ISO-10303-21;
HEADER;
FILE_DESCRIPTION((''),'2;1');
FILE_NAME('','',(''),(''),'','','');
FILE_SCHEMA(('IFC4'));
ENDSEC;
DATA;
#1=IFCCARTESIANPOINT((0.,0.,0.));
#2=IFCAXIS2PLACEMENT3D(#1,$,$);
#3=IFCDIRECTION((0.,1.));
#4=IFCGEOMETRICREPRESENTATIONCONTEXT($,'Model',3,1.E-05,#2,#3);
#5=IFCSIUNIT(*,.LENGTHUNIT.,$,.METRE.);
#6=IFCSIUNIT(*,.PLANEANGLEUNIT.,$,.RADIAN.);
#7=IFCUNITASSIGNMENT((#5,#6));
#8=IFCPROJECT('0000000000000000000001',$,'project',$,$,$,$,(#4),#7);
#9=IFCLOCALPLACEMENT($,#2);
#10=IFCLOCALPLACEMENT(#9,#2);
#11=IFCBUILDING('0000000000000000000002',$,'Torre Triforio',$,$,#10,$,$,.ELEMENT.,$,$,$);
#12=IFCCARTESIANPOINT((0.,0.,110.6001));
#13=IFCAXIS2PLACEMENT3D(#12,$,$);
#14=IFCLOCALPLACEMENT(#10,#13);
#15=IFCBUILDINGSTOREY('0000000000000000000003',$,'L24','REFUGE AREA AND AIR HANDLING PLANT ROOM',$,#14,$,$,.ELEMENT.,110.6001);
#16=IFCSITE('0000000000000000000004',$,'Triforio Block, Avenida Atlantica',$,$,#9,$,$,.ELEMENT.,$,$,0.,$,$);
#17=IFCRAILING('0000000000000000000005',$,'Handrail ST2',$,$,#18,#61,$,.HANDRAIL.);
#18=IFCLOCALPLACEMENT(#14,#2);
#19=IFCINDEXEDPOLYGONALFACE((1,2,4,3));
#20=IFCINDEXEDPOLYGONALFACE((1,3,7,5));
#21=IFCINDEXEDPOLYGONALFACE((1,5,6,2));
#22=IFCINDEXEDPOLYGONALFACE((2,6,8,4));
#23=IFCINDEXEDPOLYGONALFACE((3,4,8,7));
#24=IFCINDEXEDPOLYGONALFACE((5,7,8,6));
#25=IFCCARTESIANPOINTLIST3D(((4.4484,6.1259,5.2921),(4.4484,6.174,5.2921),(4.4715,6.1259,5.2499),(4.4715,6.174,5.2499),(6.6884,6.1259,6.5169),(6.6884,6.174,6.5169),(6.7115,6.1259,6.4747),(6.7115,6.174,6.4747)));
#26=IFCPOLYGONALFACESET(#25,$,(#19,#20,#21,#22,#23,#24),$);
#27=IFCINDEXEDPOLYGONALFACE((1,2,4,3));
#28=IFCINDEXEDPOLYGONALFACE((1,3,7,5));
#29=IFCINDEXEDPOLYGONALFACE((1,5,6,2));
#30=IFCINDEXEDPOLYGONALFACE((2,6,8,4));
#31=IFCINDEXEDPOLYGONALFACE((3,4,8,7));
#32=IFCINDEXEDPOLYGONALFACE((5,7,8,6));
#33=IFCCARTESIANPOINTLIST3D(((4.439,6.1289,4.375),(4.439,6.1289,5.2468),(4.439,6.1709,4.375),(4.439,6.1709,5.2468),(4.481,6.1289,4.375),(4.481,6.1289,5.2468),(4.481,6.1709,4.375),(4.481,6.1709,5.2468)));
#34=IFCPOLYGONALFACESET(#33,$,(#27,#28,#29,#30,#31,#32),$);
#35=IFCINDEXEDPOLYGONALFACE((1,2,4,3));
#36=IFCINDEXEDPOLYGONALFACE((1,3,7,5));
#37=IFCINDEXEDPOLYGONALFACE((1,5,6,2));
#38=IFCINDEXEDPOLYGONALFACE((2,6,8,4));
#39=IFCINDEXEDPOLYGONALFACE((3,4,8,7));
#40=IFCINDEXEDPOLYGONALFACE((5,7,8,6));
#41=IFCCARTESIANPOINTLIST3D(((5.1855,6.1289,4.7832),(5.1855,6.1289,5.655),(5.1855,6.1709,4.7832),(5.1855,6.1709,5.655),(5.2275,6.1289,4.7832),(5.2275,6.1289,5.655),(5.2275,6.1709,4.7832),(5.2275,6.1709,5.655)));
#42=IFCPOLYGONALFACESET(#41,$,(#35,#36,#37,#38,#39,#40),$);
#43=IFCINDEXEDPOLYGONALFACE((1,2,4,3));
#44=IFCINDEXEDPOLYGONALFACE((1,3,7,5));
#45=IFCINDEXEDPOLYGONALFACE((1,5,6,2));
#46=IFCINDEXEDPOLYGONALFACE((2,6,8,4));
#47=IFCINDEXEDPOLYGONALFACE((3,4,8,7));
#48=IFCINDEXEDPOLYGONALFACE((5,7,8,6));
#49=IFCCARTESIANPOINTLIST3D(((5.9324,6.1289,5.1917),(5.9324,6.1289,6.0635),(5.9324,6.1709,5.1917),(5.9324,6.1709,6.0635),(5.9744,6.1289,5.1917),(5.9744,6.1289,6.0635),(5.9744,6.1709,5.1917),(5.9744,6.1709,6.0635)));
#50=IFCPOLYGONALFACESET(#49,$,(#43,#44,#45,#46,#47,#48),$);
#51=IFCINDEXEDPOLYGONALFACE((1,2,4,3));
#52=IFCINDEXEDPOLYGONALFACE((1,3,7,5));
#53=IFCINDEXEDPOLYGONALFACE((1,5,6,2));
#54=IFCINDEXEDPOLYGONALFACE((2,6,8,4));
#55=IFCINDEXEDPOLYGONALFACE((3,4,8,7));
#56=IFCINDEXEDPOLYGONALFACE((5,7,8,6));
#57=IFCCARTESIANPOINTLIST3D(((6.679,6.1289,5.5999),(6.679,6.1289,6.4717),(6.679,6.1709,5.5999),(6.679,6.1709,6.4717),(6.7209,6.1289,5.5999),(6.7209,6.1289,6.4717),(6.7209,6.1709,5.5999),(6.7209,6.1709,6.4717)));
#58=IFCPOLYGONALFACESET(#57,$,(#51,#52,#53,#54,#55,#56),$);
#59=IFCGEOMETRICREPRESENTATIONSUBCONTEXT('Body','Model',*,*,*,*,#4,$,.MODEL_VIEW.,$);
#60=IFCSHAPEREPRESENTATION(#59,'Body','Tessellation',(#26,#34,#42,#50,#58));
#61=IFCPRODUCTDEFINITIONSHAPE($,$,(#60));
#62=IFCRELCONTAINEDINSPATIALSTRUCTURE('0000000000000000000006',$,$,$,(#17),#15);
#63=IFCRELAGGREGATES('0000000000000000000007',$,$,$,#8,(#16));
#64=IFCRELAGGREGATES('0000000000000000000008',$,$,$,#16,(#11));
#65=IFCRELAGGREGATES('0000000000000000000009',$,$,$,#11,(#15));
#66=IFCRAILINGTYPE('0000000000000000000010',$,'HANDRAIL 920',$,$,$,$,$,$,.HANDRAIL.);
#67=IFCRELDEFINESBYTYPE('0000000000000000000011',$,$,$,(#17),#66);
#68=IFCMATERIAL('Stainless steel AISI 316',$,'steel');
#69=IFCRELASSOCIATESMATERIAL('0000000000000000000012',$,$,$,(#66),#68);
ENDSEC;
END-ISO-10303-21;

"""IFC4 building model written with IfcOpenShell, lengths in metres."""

from ifc_helpers import new_model, si_unit, direction, frame, origin, origin_2d, place, context, subcontext, project, spatial, rectangle, extrude, material, type_object, element, save


model = new_model("IFC4")

# Units and contexts
model_context = context("Model", 3, precision=1e-05, world=origin(), true_north=direction((0.0, 1.0)))
body_context = subcontext(model_context, "Body", "Model", "MODEL_VIEW")
ifc_project = project(units=[si_unit("LENGTHUNIT", "METRE"), si_unit("PLANEANGLEUNIT", "RADIAN")], contexts=[model_context])

# Site, building, storey
site_placement = place(None, origin())
site = spatial("IfcSite", under=ifc_project, at=site_placement, Name="Triforio Block, Avenida Atlantica", CompositionType="ELEMENT", RefElevation=0.0)
building_placement = place(site_placement, origin())
building = spatial("IfcBuilding", under=site, at=building_placement, Name="Torre Triforio", CompositionType="ELEMENT")
storey_placement = place(building_placement, frame((0.0, 0.0, 110.6001)))
storey = spatial("IfcBuildingStorey", under=building, at=storey_placement, Name="L24", Description="REFUGE AREA AND AIR HANDLING PLANT ROOM", CompositionType="ELEMENT", Elevation=110.6001)

# Railing
ifc_material_1 = material(Name="Stainless steel AISI 316", Category="steel")
railing_type = type_object("IfcRailingType", Name="HANDRAIL 920", PredefinedType="HANDRAIL", material=ifc_material_1)
for number, where, name in (
    (1, (4.46, 6.1499, 4.375), "Handrail ST2"),
):
    element("IfcRailing", number, at=place(storey_placement, frame(where)), inside=storey, type_object=railing_type, Name=name, PredefinedType="HANDRAIL", context=body_context, shape_type="SweptSolid", body=[
        extrude(rectangle(XDim=0.0481, YDim=0.0481, at=origin_2d()), frame((0.0, 0.0, 0.896), z_axis=(0.877394, 0.0, 0.47977), x_axis=(0.0, 1.0, 0.0)), (0.0, 0.0, 1.0), 2.553),
        extrude(rectangle(XDim=0.042, YDim=0.042, at=origin_2d()), origin(), (0.0, 0.0, 1.0), 0.8718),
        extrude(rectangle(XDim=0.042, YDim=0.042, at=origin_2d()), frame((0.7466, 0.0, 0.4082)), (0.0, 0.0, 1.0), 0.8718),
        extrude(rectangle(XDim=0.042, YDim=0.042, at=origin_2d()), frame((1.4934, 0.0, 0.8167)), (0.0, 0.0, 1.0), 0.8718),
        extrude(rectangle(XDim=0.042, YDim=0.042, at=origin_2d()), frame((2.24, 0.0, 1.2249)), (0.0, 0.0, 1.0), 0.8718),
    ])

save(model, "model.ifc")
